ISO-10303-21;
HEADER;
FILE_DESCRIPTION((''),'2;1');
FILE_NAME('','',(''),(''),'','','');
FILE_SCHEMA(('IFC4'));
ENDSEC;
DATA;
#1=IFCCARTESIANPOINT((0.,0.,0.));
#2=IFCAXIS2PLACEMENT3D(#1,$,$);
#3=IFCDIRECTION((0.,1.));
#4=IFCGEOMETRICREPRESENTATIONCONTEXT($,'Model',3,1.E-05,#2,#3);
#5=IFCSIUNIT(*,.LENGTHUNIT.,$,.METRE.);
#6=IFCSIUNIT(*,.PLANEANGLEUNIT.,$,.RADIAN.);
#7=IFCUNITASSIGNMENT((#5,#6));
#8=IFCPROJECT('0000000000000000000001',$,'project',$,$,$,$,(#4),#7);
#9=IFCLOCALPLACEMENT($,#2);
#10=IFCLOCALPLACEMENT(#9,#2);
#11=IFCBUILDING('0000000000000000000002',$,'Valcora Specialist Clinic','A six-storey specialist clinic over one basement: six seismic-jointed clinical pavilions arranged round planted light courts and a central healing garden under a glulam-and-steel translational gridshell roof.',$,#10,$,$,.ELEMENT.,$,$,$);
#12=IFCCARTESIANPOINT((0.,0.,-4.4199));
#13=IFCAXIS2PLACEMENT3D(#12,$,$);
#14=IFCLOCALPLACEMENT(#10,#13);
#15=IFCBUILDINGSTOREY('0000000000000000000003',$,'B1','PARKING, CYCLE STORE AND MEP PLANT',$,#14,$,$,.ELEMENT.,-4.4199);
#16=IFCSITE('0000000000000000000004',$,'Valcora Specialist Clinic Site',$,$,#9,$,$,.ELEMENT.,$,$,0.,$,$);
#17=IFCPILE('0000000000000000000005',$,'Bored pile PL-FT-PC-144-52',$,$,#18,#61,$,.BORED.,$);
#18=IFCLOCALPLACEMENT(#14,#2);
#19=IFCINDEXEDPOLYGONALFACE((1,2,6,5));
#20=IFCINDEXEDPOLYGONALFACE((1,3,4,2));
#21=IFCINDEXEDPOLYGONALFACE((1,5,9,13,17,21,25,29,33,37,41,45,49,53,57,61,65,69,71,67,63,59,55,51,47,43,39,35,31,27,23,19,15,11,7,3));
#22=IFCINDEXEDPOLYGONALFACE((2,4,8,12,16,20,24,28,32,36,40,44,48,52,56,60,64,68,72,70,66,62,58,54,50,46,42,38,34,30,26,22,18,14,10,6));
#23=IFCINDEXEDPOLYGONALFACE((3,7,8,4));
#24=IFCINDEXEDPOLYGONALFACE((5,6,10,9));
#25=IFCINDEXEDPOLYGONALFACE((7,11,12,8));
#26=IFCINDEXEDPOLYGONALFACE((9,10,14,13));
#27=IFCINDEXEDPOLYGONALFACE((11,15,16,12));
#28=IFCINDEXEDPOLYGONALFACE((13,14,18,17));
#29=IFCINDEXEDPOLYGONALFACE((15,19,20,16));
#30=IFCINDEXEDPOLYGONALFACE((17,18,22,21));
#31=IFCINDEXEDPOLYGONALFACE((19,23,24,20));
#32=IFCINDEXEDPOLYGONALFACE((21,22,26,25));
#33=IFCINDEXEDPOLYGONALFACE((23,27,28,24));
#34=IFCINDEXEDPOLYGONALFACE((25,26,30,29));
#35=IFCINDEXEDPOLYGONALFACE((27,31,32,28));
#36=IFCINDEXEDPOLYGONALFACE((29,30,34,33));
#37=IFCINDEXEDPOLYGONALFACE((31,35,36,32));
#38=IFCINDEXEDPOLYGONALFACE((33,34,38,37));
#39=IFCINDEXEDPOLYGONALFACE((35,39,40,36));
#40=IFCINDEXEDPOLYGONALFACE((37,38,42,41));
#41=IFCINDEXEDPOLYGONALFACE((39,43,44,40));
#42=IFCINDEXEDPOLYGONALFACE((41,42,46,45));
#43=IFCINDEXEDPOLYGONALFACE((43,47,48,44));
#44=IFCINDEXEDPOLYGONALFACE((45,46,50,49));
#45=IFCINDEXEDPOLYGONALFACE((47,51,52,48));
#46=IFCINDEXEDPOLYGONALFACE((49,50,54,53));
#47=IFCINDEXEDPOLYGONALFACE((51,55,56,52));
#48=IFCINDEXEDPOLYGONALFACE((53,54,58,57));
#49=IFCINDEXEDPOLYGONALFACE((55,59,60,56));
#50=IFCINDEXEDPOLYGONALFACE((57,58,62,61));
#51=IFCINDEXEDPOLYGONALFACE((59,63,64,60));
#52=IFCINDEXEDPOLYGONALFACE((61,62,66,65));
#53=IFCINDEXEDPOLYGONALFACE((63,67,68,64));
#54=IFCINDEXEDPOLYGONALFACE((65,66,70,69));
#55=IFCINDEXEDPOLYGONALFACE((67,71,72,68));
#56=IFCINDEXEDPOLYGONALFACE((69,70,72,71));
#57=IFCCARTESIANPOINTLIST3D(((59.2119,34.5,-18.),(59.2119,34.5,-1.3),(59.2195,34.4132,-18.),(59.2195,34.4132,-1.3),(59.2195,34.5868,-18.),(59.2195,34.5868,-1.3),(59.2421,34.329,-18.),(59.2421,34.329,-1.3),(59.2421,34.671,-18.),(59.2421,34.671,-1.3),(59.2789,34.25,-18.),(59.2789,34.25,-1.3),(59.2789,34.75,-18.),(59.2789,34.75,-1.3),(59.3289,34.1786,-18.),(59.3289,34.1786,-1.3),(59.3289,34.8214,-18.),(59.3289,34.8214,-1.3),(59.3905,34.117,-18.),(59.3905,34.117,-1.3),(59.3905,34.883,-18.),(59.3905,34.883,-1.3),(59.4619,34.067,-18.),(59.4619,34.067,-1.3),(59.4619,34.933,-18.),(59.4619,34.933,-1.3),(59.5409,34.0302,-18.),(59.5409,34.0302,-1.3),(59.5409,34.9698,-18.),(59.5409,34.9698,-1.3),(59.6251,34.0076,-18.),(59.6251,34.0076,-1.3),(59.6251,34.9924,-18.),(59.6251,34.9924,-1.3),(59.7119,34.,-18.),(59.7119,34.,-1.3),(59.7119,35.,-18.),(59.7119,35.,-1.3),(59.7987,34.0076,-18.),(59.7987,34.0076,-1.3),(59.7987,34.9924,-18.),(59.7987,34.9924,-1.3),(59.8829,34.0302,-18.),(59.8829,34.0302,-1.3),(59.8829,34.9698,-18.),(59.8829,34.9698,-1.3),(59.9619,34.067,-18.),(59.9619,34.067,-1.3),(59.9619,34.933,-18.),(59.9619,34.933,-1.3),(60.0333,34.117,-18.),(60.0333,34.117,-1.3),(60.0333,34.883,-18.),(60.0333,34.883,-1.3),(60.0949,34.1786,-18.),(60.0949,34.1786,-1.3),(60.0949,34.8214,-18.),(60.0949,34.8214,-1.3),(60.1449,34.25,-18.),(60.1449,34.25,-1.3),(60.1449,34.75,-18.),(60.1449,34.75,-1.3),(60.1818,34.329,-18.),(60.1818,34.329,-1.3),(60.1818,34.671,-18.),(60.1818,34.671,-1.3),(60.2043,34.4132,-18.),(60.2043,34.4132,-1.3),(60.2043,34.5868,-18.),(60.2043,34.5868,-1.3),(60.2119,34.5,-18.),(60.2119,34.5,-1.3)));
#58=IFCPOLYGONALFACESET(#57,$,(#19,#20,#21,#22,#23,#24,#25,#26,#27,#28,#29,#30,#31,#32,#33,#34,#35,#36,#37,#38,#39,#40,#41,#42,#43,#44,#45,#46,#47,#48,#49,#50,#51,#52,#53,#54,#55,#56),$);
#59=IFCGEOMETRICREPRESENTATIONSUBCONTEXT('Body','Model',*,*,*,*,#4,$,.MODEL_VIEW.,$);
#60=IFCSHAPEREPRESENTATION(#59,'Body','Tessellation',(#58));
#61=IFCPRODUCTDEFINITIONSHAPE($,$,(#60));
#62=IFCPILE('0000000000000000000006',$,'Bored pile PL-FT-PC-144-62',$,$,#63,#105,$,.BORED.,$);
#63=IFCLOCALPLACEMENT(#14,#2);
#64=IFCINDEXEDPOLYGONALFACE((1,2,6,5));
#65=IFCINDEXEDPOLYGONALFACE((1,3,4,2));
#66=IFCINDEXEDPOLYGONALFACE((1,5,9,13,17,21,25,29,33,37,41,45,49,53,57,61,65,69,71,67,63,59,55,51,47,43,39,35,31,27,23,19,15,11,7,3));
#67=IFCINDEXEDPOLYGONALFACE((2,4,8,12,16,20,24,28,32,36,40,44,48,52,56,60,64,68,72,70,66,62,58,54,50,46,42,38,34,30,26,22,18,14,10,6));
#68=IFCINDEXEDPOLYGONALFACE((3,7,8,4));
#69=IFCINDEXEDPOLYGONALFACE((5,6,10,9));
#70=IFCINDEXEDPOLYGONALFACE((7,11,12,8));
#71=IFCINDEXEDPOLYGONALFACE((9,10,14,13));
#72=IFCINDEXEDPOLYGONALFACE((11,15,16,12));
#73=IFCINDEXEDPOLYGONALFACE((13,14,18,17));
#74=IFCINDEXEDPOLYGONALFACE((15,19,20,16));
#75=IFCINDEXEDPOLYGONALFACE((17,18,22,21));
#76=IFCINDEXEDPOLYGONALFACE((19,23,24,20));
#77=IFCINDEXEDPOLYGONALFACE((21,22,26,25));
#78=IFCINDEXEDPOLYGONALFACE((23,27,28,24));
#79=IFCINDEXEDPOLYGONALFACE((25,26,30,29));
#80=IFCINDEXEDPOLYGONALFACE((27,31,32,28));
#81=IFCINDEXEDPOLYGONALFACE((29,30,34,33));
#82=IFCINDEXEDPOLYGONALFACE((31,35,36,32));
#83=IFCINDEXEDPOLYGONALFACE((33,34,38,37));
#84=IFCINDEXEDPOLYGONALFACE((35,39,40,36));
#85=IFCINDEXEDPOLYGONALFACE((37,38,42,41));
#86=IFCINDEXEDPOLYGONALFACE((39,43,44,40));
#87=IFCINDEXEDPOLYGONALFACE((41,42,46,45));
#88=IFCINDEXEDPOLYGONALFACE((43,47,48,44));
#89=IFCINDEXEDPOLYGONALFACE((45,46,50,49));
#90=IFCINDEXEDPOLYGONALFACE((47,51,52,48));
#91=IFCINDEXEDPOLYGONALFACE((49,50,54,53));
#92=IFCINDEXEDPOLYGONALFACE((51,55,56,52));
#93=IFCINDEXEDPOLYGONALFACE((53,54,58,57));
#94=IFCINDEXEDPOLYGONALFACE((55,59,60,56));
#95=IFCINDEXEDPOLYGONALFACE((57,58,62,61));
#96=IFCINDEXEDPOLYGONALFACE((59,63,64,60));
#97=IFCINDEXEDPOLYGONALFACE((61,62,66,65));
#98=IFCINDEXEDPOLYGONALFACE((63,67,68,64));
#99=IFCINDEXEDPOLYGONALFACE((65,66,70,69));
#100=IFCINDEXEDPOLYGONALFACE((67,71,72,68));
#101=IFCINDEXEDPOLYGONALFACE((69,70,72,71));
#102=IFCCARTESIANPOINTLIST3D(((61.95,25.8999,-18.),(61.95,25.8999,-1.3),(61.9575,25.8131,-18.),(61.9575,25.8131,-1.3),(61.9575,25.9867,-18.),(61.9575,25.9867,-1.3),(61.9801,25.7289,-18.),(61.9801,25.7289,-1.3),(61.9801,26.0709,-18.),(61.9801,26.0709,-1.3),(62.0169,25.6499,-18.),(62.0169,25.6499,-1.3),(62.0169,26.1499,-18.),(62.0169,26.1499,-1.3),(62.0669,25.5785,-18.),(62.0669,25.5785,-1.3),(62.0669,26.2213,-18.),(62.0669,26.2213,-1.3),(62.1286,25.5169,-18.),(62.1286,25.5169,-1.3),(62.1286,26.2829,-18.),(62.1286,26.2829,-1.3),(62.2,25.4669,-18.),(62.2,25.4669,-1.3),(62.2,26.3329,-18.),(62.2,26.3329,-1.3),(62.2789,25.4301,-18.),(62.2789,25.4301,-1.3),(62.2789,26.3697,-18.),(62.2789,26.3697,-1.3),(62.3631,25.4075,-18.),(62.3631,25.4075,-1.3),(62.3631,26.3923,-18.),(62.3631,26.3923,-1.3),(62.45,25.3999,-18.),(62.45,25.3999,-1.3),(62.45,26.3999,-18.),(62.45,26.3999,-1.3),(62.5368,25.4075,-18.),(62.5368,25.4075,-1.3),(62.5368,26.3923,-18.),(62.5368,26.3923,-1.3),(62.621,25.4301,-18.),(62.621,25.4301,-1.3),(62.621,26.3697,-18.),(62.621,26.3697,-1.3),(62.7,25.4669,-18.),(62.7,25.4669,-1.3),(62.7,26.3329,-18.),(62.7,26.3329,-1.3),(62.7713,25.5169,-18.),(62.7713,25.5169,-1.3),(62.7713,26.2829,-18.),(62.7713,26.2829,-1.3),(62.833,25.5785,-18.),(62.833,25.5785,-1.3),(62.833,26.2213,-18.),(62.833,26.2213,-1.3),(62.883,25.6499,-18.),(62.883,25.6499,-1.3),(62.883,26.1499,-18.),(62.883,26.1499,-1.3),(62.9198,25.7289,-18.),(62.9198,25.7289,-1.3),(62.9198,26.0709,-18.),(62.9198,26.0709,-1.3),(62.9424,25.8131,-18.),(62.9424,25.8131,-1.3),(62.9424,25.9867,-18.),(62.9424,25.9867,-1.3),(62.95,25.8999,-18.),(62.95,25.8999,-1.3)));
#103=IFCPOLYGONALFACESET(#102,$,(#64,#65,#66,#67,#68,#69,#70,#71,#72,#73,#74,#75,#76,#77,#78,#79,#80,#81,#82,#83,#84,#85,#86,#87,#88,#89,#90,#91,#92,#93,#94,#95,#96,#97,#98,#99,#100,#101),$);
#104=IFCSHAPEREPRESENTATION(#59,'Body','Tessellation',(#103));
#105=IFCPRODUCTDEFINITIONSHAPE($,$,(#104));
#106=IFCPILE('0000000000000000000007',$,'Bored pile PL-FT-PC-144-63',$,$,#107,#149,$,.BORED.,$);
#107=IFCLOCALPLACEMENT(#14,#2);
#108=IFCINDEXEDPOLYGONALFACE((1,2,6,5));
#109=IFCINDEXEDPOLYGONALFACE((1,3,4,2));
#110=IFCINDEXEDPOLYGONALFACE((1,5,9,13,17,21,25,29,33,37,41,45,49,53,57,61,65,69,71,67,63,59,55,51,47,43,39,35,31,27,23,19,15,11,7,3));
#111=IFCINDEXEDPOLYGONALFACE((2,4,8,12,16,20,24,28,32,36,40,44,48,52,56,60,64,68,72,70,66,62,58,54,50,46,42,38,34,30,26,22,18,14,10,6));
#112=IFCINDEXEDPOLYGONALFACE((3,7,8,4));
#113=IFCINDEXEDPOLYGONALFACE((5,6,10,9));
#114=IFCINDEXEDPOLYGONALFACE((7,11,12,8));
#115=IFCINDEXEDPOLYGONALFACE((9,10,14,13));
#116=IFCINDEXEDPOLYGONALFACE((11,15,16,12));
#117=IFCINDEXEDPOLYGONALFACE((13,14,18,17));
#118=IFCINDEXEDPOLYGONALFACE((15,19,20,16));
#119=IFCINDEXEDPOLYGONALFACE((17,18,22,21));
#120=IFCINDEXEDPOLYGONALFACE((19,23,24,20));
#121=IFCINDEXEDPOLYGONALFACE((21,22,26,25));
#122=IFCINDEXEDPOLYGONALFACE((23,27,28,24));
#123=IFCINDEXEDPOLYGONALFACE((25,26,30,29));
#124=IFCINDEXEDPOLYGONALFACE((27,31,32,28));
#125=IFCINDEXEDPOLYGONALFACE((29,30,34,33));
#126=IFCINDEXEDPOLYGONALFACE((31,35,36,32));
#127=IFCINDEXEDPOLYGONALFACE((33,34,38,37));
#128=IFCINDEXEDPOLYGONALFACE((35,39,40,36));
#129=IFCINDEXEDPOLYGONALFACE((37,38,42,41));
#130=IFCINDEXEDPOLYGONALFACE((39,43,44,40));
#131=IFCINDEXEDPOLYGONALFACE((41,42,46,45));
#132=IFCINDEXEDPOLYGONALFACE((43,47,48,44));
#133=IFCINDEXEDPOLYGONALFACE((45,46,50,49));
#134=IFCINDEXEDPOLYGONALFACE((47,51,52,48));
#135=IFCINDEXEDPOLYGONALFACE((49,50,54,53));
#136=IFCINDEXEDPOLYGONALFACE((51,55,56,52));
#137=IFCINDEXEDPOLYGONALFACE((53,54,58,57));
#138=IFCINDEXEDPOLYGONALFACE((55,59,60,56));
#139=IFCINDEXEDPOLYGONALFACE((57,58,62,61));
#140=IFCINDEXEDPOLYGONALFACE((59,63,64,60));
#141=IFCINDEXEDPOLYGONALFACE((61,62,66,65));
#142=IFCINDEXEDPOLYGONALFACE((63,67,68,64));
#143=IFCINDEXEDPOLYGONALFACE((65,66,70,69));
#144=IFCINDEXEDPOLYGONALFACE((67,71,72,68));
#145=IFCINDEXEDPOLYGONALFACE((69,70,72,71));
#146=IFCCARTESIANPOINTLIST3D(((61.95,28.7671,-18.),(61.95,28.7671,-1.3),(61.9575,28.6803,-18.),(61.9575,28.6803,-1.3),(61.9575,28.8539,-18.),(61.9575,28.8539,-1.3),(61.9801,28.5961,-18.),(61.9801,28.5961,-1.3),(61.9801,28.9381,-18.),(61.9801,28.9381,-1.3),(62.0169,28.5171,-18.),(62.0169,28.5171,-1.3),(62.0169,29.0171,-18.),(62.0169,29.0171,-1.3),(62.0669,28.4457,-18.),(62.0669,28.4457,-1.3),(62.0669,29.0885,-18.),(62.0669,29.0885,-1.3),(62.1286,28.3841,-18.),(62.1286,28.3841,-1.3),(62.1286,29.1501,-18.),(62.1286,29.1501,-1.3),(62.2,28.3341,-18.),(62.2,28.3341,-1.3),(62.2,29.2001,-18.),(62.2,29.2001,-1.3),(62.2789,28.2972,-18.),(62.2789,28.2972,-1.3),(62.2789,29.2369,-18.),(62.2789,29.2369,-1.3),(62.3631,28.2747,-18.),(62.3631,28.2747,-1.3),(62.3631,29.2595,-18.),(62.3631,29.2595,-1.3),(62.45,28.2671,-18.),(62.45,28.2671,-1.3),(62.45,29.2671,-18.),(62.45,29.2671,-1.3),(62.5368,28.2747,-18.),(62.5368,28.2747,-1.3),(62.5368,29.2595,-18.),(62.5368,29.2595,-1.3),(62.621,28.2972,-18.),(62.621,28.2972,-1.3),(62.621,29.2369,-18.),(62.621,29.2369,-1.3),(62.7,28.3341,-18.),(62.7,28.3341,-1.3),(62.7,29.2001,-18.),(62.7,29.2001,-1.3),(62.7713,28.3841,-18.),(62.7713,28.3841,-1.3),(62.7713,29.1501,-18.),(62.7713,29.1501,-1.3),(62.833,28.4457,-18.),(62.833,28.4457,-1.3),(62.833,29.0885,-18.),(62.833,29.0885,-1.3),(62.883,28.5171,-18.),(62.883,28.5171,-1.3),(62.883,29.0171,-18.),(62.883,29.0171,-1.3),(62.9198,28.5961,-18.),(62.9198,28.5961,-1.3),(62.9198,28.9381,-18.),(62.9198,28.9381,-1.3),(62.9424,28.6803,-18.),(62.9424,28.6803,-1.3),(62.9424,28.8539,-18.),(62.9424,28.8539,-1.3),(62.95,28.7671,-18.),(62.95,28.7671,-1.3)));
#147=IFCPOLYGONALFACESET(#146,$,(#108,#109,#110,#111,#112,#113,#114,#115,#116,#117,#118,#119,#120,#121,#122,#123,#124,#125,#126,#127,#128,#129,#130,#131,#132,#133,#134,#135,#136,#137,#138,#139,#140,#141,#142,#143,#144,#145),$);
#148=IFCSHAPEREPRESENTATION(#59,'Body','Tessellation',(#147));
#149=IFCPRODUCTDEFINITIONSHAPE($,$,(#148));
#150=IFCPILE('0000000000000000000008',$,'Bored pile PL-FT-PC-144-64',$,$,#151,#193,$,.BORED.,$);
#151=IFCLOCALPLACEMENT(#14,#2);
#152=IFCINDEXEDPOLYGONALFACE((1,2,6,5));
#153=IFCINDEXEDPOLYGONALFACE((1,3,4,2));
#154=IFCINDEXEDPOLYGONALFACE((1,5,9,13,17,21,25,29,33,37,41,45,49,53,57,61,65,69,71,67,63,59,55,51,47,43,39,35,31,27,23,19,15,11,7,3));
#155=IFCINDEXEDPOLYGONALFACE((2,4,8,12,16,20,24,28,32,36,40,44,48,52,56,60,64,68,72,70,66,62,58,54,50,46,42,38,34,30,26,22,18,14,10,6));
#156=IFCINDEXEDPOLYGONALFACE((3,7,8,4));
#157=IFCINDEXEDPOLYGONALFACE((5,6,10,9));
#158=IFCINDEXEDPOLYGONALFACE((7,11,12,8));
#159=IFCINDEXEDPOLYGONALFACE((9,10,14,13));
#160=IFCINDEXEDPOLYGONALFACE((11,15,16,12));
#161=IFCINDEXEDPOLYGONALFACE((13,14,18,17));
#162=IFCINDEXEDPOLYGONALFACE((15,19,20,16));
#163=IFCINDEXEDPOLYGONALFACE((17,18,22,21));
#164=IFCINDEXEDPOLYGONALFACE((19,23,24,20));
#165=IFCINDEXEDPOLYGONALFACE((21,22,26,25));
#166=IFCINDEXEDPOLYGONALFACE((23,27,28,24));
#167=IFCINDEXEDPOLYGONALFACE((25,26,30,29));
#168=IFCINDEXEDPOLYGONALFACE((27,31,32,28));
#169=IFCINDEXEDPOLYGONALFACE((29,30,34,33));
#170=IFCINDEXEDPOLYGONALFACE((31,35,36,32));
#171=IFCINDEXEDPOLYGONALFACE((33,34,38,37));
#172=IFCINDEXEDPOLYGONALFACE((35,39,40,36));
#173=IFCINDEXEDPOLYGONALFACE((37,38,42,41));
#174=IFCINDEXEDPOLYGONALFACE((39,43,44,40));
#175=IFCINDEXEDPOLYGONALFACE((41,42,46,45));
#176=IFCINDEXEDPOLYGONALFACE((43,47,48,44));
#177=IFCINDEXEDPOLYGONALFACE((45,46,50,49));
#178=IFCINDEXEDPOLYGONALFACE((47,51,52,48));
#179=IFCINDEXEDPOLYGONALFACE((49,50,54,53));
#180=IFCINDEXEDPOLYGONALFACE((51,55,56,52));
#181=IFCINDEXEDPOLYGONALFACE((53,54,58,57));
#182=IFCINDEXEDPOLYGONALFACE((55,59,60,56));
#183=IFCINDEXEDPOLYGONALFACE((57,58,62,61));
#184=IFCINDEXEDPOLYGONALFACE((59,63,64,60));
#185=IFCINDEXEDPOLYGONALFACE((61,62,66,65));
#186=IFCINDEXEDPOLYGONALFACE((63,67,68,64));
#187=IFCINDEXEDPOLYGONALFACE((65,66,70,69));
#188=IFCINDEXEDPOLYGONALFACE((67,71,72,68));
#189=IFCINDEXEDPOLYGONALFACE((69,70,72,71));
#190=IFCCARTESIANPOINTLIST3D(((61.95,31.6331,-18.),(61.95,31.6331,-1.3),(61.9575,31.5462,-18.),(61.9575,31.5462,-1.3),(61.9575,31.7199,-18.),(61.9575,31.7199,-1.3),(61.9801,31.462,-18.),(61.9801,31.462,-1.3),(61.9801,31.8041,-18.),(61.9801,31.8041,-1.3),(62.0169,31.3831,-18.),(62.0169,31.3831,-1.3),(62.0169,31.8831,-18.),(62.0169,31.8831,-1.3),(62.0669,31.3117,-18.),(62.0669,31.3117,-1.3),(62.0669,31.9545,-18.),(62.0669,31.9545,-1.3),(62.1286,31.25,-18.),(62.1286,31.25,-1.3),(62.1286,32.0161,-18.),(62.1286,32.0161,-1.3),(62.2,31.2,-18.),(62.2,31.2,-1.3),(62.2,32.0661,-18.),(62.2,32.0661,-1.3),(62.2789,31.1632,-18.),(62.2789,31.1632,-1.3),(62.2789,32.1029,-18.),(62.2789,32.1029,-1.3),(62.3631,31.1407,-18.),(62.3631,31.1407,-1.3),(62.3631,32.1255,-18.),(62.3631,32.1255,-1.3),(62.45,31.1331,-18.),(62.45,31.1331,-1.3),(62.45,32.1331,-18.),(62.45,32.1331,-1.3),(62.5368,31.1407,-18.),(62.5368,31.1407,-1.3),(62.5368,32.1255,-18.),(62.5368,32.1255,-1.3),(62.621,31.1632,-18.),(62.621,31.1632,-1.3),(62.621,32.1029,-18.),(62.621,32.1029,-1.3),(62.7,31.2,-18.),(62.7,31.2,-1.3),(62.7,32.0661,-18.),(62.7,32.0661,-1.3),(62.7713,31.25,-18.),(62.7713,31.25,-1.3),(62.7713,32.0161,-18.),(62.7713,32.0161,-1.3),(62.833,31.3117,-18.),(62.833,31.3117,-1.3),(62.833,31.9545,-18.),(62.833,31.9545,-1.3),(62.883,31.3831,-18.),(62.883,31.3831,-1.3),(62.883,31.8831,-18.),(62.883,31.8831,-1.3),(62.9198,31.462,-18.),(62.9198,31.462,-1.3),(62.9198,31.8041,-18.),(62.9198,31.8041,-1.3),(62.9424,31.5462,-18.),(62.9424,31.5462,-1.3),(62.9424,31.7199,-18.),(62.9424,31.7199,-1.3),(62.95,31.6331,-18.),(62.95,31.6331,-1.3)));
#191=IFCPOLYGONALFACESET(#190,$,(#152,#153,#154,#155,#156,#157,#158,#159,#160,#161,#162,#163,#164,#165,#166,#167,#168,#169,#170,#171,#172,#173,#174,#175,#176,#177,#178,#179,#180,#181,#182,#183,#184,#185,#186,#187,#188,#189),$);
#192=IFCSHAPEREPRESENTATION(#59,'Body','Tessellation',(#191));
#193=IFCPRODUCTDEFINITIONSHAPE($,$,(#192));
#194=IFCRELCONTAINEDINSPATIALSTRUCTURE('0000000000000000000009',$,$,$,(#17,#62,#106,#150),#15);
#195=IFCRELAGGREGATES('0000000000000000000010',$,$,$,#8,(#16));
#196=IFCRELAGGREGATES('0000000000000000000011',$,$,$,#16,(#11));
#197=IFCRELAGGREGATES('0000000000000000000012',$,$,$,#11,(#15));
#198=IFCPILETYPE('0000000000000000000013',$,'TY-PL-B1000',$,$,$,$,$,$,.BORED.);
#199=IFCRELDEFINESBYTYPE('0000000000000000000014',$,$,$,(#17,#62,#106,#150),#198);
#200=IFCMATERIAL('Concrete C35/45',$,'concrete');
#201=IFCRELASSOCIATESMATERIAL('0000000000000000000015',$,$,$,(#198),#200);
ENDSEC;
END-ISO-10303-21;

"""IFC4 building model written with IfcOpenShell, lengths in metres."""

from ifc_helpers import new_model, si_unit, direction, frame, origin, origin_2d, place, context, subcontext, project, spatial, circle, extrude, material, material_profile, profile_set, type_object, element, save


model = new_model("IFC4")

# Units and contexts
model_context = context("Model", 3, precision=1e-05, world=origin(), true_north=direction((0.0, 1.0)))
body_context = subcontext(model_context, "Body", "Model", "MODEL_VIEW")
ifc_project = project(units=[si_unit("LENGTHUNIT", "METRE"), si_unit("PLANEANGLEUNIT", "RADIAN")], contexts=[model_context])

# Site, building, storey
site_placement = place(None, origin())
site = spatial("IfcSite", under=ifc_project, at=site_placement, Name="Valcora Specialist Clinic Site", CompositionType="ELEMENT", RefElevation=0.0)
building_placement = place(site_placement, origin())
building = spatial("IfcBuilding", under=site, at=building_placement, Name="Valcora Specialist Clinic", Description="A six-storey specialist clinic over one basement: six seismic-jointed clinical pavilions arranged round planted light courts and a central healing garden under a glulam-and-steel translational gridshell roof.", CompositionType="ELEMENT")
storey_placement = place(building_placement, frame((0.0, 0.0, -4.4199)))
storey = spatial("IfcBuildingStorey", under=building, at=storey_placement, Name="B1", Description="PARKING, CYCLE STORE AND MEP PLANT", CompositionType="ELEMENT", Elevation=-4.4199)

# Shared definitions
ifc_material_1 = material(Name="Concrete C35/45", Category="concrete")

# Piles
ifc_material_profile_1 = material_profile(ifc_material_1, circle(Radius=0.5, at=origin_2d()), Name="RC-PIL-D1000")
ifc_profile_set_1 = profile_set([ifc_material_profile_1], Name="Concrete C35/45")
pile_type_1 = type_object("IfcPileType", Name="TY-PL-B1000", PredefinedType="BORED", material=ifc_profile_set_1)
for number, where, z_axis, x_axis, name in (
    (1, (59.7119, 34.5, -1.3), (0.0, 0.0, -1.0), (1.0, 0.0, 0.0), "Bored pile PL-FT-PC-144-52"),
    (2, (62.45, 25.8999, -1.3), (0.0, 0.0, -1.0), (1.0, 0.0, 0.0), "Bored pile PL-FT-PC-144-62"),
    (3, (62.45, 28.7671, -1.3), (0.0, 0.0, -1.0), (1.0, 0.0, 0.0), "Bored pile PL-FT-PC-144-63"),
    (4, (62.45, 31.6331, -1.3), (0.0, 0.0, -1.0), (1.0, 0.0, 0.0), "Bored pile PL-FT-PC-144-64"),
):
    element("IfcPile", number, at=place(storey_placement, frame(where, z_axis=z_axis, x_axis=x_axis)), inside=storey, type_object=pile_type_1, Name=name, PredefinedType="BORED", context=body_context, shape_type="SweptSolid", body=[
        extrude(circle(Radius=0.5, at=origin_2d()), origin(), (0.0, 0.0, 1.0), 16.7),
    ])

save(model, "model.ifc")
